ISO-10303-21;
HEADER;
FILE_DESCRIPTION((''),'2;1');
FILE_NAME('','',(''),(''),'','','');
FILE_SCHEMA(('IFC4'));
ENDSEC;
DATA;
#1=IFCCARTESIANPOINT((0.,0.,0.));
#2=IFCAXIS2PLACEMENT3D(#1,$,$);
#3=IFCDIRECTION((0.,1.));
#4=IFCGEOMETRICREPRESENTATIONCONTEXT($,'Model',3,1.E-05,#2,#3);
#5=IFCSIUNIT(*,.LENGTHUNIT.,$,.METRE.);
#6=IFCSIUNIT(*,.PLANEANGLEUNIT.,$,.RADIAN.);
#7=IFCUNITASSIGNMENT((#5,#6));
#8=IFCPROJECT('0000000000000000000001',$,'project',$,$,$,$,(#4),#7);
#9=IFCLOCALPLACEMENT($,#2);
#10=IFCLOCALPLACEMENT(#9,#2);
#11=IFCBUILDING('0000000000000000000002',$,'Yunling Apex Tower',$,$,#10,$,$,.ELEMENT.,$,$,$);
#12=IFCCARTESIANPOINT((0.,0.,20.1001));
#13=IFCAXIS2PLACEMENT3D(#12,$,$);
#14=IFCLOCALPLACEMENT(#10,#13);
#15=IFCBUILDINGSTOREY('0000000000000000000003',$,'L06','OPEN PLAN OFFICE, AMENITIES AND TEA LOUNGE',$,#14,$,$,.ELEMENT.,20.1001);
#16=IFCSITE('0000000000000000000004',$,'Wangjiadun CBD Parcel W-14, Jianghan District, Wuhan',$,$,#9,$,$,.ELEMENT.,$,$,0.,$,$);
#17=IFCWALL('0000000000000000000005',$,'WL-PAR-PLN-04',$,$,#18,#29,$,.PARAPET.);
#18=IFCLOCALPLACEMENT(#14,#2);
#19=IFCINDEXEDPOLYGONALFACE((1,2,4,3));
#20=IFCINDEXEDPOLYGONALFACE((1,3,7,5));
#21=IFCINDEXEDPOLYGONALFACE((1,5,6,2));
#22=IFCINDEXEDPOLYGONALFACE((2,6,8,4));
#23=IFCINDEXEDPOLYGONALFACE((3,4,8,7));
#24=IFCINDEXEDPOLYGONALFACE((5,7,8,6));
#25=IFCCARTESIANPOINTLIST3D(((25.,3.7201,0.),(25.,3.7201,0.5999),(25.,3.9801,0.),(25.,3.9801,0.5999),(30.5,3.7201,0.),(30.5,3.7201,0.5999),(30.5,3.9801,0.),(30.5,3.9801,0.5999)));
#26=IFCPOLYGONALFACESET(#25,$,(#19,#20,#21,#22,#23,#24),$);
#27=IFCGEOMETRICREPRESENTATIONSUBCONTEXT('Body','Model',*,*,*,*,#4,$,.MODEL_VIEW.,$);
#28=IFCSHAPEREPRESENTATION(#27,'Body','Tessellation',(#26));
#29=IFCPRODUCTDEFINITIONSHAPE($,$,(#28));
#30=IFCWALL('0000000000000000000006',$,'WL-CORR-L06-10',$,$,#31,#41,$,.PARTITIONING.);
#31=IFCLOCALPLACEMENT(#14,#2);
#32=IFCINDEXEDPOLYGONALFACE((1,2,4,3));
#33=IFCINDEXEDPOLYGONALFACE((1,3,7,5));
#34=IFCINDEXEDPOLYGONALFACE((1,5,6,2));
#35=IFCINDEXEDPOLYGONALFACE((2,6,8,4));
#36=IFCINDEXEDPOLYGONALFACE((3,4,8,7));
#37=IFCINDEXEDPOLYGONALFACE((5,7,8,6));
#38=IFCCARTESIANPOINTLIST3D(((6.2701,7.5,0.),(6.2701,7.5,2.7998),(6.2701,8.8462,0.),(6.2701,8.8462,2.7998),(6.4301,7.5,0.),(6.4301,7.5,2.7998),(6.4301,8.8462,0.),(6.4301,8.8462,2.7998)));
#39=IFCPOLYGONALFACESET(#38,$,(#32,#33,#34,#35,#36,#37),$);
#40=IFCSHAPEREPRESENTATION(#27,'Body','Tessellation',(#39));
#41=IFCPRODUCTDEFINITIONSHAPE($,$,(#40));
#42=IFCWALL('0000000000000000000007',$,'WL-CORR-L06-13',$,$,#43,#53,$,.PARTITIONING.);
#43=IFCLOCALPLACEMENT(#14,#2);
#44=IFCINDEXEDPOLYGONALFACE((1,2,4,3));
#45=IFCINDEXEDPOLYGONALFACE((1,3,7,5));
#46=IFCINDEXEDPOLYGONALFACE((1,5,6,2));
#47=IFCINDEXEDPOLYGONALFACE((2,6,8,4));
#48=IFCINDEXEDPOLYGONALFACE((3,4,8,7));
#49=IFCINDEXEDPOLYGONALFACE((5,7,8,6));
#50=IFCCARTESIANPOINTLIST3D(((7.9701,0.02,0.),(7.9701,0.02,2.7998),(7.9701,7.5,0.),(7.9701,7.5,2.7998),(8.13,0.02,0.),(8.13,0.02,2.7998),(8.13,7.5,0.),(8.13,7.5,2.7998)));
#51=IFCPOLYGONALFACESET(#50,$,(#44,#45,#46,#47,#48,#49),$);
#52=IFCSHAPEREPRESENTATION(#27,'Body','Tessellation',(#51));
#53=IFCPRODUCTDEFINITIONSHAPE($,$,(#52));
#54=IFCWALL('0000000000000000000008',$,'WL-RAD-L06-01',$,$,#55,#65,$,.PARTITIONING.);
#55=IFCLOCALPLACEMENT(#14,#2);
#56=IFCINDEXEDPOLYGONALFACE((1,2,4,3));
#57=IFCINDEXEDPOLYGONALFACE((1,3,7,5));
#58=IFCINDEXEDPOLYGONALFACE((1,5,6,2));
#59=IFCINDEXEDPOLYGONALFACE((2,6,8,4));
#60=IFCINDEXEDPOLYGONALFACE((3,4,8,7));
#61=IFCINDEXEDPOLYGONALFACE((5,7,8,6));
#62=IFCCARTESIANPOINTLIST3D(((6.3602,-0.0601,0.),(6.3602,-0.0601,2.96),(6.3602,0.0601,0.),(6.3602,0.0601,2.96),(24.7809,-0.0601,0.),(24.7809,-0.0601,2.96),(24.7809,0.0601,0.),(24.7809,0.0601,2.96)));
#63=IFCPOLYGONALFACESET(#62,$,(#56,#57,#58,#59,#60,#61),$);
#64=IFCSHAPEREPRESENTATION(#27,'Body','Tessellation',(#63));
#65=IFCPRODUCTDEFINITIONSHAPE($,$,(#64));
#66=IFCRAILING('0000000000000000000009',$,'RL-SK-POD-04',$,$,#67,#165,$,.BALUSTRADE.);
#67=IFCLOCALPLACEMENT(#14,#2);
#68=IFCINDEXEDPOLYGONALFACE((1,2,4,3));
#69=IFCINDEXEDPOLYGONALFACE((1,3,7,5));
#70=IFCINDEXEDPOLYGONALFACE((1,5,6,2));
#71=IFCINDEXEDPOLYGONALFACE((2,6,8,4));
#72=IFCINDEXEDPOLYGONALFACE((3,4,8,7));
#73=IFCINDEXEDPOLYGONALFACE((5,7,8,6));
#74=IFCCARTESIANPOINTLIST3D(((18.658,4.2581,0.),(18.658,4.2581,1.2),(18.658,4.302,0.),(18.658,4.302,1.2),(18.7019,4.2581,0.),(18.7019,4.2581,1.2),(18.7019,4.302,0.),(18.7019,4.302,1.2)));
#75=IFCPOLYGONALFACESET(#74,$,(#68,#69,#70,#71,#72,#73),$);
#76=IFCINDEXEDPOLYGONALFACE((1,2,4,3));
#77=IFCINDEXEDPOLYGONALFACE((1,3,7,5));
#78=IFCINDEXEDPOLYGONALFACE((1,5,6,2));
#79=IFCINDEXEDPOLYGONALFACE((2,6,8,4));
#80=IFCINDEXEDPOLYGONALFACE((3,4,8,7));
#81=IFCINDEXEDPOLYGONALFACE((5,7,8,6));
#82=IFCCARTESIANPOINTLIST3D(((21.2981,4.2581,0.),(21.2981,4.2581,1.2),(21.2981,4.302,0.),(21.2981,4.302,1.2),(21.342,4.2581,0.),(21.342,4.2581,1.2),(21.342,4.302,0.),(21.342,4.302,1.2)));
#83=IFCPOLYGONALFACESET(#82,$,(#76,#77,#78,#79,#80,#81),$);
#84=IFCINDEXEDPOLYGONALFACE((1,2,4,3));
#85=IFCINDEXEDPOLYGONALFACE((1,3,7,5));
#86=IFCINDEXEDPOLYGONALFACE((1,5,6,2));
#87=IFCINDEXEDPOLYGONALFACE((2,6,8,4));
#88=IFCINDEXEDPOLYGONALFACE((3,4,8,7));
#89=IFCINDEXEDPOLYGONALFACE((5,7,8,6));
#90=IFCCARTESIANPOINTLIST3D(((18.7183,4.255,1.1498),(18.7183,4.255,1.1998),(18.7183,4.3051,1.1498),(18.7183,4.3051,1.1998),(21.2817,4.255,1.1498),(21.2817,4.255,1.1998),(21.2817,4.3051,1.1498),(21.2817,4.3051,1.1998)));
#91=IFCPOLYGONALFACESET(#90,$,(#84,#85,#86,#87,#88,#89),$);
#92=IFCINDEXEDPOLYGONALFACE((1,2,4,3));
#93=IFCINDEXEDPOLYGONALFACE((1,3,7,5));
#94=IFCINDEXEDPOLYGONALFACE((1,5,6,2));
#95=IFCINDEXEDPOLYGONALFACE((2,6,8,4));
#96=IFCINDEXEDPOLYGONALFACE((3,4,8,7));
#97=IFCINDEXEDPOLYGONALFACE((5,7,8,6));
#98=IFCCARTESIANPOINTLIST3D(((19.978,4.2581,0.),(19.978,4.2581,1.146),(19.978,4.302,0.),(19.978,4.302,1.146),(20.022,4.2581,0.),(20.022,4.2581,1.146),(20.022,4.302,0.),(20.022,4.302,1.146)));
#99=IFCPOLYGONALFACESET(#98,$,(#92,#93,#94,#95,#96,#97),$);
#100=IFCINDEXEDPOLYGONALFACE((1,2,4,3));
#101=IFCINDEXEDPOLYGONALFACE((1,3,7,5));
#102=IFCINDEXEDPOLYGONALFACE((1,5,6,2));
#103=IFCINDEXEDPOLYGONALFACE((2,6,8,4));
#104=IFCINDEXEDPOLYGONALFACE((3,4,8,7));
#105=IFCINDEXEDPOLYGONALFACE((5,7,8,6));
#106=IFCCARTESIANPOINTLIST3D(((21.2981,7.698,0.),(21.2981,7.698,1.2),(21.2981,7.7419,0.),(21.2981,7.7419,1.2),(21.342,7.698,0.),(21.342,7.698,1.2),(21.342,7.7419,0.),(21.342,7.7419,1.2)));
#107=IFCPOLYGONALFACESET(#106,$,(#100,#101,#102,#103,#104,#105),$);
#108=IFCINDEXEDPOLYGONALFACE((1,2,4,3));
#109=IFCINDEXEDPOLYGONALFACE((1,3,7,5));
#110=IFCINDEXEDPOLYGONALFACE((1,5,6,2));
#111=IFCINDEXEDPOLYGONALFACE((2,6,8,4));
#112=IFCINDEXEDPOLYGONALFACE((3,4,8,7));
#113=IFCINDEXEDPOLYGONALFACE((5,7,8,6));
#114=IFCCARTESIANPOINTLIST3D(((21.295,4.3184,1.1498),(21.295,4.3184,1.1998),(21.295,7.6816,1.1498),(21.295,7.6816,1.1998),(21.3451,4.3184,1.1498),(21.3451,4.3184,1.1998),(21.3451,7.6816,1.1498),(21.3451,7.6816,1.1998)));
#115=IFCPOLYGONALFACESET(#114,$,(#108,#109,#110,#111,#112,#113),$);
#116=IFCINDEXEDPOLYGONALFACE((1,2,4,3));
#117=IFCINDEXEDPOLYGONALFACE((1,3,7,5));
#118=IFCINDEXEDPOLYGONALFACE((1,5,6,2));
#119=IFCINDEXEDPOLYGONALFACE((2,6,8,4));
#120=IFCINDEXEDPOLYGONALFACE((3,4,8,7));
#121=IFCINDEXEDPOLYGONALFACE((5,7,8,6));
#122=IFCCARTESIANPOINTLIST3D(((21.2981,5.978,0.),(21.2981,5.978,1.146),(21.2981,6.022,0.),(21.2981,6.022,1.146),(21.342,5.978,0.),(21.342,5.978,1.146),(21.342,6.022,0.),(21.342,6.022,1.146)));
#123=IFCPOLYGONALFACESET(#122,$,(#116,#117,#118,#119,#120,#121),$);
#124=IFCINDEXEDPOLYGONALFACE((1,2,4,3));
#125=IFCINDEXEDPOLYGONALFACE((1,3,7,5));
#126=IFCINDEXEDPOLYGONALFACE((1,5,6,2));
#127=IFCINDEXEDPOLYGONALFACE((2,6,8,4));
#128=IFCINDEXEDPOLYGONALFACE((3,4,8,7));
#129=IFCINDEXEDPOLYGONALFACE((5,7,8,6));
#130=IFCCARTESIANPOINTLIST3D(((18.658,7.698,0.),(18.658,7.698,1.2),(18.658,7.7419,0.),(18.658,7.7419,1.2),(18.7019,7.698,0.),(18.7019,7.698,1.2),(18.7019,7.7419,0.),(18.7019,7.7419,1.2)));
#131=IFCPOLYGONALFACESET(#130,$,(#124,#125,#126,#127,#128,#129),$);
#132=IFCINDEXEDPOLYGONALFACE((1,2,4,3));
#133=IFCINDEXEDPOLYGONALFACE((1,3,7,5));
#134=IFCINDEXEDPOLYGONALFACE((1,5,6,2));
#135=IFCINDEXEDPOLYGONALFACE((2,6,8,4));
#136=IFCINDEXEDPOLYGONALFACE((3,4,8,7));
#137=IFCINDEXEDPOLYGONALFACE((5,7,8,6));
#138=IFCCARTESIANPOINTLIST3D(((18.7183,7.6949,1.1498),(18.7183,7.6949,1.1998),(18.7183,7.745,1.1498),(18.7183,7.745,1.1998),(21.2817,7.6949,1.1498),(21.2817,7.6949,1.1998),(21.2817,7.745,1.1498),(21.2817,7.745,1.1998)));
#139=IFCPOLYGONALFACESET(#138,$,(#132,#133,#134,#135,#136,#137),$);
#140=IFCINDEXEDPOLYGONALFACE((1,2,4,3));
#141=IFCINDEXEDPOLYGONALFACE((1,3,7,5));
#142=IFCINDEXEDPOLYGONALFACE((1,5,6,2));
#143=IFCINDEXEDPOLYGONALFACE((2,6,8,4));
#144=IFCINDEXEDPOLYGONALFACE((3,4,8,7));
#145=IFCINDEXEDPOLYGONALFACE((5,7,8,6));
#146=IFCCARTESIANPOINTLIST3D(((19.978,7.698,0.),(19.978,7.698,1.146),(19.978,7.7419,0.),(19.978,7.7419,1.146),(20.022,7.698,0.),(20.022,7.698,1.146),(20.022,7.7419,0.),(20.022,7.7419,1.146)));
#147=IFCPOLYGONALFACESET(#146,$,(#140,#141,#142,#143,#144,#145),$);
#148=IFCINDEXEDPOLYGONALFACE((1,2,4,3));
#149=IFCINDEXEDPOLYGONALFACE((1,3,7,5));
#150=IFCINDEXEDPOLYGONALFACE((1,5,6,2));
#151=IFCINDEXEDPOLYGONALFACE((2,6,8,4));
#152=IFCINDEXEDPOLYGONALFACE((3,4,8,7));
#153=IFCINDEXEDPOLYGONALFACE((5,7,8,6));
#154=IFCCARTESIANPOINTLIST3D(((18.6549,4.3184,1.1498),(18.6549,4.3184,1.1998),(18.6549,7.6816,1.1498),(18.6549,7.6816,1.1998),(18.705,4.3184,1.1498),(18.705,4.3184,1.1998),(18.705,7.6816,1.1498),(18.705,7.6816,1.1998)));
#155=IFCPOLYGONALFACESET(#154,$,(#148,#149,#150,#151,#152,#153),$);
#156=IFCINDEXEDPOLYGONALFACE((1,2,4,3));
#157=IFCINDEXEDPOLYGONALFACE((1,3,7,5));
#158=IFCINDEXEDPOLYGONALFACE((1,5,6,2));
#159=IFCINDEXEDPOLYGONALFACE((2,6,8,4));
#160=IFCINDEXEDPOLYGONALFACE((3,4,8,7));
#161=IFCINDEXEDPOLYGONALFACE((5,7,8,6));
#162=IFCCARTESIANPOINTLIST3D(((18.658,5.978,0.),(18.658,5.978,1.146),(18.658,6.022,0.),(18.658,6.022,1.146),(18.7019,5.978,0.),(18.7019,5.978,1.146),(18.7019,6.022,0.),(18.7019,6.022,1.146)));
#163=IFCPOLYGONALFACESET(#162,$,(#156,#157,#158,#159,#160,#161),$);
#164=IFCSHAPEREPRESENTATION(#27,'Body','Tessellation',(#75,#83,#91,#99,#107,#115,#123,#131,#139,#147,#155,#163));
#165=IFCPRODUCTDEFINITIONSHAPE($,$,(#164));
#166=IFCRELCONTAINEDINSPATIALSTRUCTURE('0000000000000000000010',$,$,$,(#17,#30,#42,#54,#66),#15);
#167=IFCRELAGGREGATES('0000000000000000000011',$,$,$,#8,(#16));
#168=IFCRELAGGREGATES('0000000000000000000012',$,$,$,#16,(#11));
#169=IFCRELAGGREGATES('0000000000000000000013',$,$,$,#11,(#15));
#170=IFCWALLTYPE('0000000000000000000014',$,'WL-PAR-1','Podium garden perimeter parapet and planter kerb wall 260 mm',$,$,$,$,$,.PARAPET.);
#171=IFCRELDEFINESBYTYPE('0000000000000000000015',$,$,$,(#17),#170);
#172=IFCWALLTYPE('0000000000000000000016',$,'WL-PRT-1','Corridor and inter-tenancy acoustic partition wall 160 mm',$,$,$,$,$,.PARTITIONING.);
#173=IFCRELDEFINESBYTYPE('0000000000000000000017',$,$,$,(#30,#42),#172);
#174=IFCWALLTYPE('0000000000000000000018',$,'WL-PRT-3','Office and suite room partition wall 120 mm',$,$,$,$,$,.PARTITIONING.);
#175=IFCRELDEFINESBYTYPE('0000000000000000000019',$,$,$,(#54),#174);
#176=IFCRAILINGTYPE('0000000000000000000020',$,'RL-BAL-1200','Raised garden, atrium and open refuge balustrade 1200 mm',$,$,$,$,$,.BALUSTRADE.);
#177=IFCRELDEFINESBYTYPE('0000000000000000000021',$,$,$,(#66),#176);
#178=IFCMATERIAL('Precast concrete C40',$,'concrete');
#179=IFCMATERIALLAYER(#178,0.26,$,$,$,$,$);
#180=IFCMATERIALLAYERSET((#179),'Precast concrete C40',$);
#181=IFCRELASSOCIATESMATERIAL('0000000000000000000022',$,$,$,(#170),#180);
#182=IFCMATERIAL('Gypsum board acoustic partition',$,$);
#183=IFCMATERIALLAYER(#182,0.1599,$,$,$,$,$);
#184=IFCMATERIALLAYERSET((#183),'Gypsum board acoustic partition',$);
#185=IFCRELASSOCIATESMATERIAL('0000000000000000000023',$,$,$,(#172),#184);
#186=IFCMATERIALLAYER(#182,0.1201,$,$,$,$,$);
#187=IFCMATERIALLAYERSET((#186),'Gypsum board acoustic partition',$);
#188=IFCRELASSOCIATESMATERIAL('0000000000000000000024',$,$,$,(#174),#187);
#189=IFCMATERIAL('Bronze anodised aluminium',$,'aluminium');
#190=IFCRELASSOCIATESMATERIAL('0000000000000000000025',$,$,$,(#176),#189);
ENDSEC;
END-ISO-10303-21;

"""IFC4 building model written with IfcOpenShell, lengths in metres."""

from ifc_helpers import new_model, si_unit, direction, frame, frame_2d, origin, origin_2d, place, context, subcontext, project, spatial, rectangle, extrude, material, layer, layer_set, type_object, element, save


model = new_model("IFC4")

# Units and contexts
model_context = context("Model", 3, precision=1e-05, world=origin(), true_north=direction((0.0, 1.0)))
body_context = subcontext(model_context, "Body", "Model", "MODEL_VIEW")
ifc_project = project(units=[si_unit("LENGTHUNIT", "METRE"), si_unit("PLANEANGLEUNIT", "RADIAN")], contexts=[model_context])

# Site, building, storey
site_placement = place(None, origin())
site = spatial("IfcSite", under=ifc_project, at=site_placement, Name="Wangjiadun CBD Parcel W-14, Jianghan District, Wuhan", CompositionType="ELEMENT", RefElevation=0.0)
building_placement = place(site_placement, origin())
building = spatial("IfcBuilding", under=site, at=building_placement, Name="Yunling Apex Tower", CompositionType="ELEMENT")
storey_placement = place(building_placement, frame((0.0, 0.0, 20.1001)))
storey = spatial("IfcBuildingStorey", under=building, at=storey_placement, Name="L06", Description="OPEN PLAN OFFICE, AMENITIES AND TEA LOUNGE", CompositionType="ELEMENT", Elevation=20.1001)

# Shared definitions
ifc_material_1 = material(Name="Bronze anodised aluminium", Category="aluminium")

# Walls
ifc_material_2 = material(Name="Precast concrete C40", Category="concrete")
ifc_layer_1 = layer(ifc_material_2, 0.26)
ifc_layer_set_1 = layer_set([ifc_layer_1], Name="Precast concrete C40")
wall_type_1 = type_object("IfcWallType", Name="WL-PAR-1", Description="Podium garden perimeter parapet and planter kerb wall 260 mm", PredefinedType="PARAPET", material=ifc_layer_set_1)
wall_1_placement = place(storey_placement, frame((25.0, 3.8501, 0.0), z_axis=(0.0, 0.0, 1.0), x_axis=(1.0, 0.0, 0.0)))
element("IfcWall", 1, at=wall_1_placement, inside=storey, type_object=wall_type_1, Name="WL-PAR-PLN-04", PredefinedType="PARAPET", context=body_context, shape_type="SweptSolid", body=[
    extrude(rectangle(XDim=5.5, YDim=0.26, at=frame_2d((2.75, 0.0))), origin(), (0.0, 0.0, 1.0), 0.5999),
])
ifc_material_3 = material(Name="Gypsum board acoustic partition")
ifc_layer_2 = layer(ifc_material_3, 0.1599)
ifc_layer_set_2 = layer_set([ifc_layer_2], Name="Gypsum board acoustic partition")
wall_type_2 = type_object("IfcWallType", Name="WL-PRT-1", Description="Corridor and inter-tenancy acoustic partition wall 160 mm", PredefinedType="PARTITIONING", material=ifc_layer_set_2)
wall_2_placement = place(storey_placement, frame((6.3501, 7.5, 0.0), z_axis=(0.0, 0.0, 1.0), x_axis=(0.0, 1.0, 0.0)))
element("IfcWall", 2, at=wall_2_placement, inside=storey, type_object=wall_type_2, Name="WL-CORR-L06-10", PredefinedType="PARTITIONING", context=body_context, shape_type="SweptSolid", body=[
    extrude(rectangle(XDim=1.3462, YDim=0.1599, at=frame_2d((0.6731, 0.0))), origin(), (0.0, 0.0, 1.0), 2.7998),
])
wall_3_placement = place(storey_placement, frame((8.05, 7.5, 0.0), z_axis=(0.0, 0.0, 1.0), x_axis=(0.0, -1.0, 0.0)))
element("IfcWall", 3, at=wall_3_placement, inside=storey, type_object=wall_type_2, Name="WL-CORR-L06-13", PredefinedType="PARTITIONING", context=body_context, shape_type="SweptSolid", body=[
    extrude(rectangle(XDim=7.48, YDim=0.1599, at=frame_2d((3.74, 0.0))), origin(), (0.0, 0.0, 1.0), 2.7998),
])
ifc_layer_3 = layer(ifc_material_3, 0.1201)
ifc_layer_set_3 = layer_set([ifc_layer_3], Name="Gypsum board acoustic partition")
wall_type_3 = type_object("IfcWallType", Name="WL-PRT-3", Description="Office and suite room partition wall 120 mm", PredefinedType="PARTITIONING", material=ifc_layer_set_3)
wall_4_placement = place(storey_placement, frame((6.3601, 0.0, 0.0), z_axis=(0.0, 0.0, 1.0), x_axis=(1.0, 0.0, 0.0)))
element("IfcWall", 4, at=wall_4_placement, inside=storey, type_object=wall_type_3, Name="WL-RAD-L06-01", PredefinedType="PARTITIONING", context=body_context, shape_type="SweptSolid", body=[
    extrude(rectangle(XDim=18.4207, YDim=0.1201, at=frame_2d((9.2104, 0.0))), origin(), (0.0, 0.0, 1.0), 2.96),
])

# Railing
railing_type = type_object("IfcRailingType", Name="RL-BAL-1200", Description="Raised garden, atrium and open refuge balustrade 1200 mm", PredefinedType="BALUSTRADE", material=ifc_material_1)
railing_1_placement = place(storey_placement, frame((18.6799, 4.28, 0.0)))
element("IfcRailing", 5, at=railing_1_placement, inside=storey, type_object=railing_type, Name="RL-SK-POD-04", PredefinedType="BALUSTRADE", context=body_context, shape_type="SweptSolid", body=[
    extrude(rectangle(XDim=0.0439, YDim=0.0439, at=origin_2d()), origin(), (0.0, 0.0, 1.0), 1.2),
    extrude(rectangle(XDim=0.0439, YDim=0.0439, at=origin_2d()), frame((2.6401, 0.0, 0.0)), (0.0, 0.0, 1.0), 1.2),
    extrude(rectangle(XDim=0.05, YDim=0.05, at=origin_2d()), frame((0.0383, 0.0, 1.1748), z_axis=(1.0, 0.0, 0.0), x_axis=(0.0, 1.0, 0.0)), (0.0, 0.0, 1.0), 2.5635),
    extrude(rectangle(XDim=0.0439, YDim=0.0439, at=origin_2d()), frame((1.3201, 0.0, 0.0)), (0.0, 0.0, 1.0), 1.146),
    extrude(rectangle(XDim=0.0439, YDim=0.0439, at=origin_2d()), frame((2.6401, 3.4399, 0.0)), (0.0, 0.0, 1.0), 1.2),
    extrude(rectangle(XDim=0.05, YDim=0.05, at=origin_2d()), frame((2.6401, 0.0383, 1.1748), z_axis=(0.0, 1.0, 0.0), x_axis=(-1.0, 0.0, 0.0)), (0.0, 0.0, 1.0), 3.3633),
    extrude(rectangle(XDim=0.0439, YDim=0.0439, at=origin_2d()), frame((2.6401, 1.72, 0.0)), (0.0, 0.0, 1.0), 1.146),
    extrude(rectangle(XDim=0.0439, YDim=0.0439, at=origin_2d()), frame((0.0, 3.4399, 0.0)), (0.0, 0.0, 1.0), 1.2),
    extrude(rectangle(XDim=0.05, YDim=0.05, at=origin_2d()), frame((2.6018, 3.4399, 1.1748), z_axis=(-1.0, 0.0, 0.0), x_axis=(0.0, -1.0, 0.0)), (0.0, 0.0, 1.0), 2.5635),
    extrude(rectangle(XDim=0.0439, YDim=0.0439, at=origin_2d()), frame((1.3201, 3.4399, 0.0)), (0.0, 0.0, 1.0), 1.146),
    extrude(rectangle(XDim=0.05, YDim=0.05, at=origin_2d()), frame((0.0, 3.4016, 1.1748), z_axis=(0.0, -1.0, 0.0), x_axis=(1.0, 0.0, 0.0)), (0.0, 0.0, 1.0), 3.3633),
    extrude(rectangle(XDim=0.0439, YDim=0.0439, at=origin_2d()), frame((0.0, 1.72, 0.0)), (0.0, 0.0, 1.0), 1.146),
])

save(model, "model.ifc")
